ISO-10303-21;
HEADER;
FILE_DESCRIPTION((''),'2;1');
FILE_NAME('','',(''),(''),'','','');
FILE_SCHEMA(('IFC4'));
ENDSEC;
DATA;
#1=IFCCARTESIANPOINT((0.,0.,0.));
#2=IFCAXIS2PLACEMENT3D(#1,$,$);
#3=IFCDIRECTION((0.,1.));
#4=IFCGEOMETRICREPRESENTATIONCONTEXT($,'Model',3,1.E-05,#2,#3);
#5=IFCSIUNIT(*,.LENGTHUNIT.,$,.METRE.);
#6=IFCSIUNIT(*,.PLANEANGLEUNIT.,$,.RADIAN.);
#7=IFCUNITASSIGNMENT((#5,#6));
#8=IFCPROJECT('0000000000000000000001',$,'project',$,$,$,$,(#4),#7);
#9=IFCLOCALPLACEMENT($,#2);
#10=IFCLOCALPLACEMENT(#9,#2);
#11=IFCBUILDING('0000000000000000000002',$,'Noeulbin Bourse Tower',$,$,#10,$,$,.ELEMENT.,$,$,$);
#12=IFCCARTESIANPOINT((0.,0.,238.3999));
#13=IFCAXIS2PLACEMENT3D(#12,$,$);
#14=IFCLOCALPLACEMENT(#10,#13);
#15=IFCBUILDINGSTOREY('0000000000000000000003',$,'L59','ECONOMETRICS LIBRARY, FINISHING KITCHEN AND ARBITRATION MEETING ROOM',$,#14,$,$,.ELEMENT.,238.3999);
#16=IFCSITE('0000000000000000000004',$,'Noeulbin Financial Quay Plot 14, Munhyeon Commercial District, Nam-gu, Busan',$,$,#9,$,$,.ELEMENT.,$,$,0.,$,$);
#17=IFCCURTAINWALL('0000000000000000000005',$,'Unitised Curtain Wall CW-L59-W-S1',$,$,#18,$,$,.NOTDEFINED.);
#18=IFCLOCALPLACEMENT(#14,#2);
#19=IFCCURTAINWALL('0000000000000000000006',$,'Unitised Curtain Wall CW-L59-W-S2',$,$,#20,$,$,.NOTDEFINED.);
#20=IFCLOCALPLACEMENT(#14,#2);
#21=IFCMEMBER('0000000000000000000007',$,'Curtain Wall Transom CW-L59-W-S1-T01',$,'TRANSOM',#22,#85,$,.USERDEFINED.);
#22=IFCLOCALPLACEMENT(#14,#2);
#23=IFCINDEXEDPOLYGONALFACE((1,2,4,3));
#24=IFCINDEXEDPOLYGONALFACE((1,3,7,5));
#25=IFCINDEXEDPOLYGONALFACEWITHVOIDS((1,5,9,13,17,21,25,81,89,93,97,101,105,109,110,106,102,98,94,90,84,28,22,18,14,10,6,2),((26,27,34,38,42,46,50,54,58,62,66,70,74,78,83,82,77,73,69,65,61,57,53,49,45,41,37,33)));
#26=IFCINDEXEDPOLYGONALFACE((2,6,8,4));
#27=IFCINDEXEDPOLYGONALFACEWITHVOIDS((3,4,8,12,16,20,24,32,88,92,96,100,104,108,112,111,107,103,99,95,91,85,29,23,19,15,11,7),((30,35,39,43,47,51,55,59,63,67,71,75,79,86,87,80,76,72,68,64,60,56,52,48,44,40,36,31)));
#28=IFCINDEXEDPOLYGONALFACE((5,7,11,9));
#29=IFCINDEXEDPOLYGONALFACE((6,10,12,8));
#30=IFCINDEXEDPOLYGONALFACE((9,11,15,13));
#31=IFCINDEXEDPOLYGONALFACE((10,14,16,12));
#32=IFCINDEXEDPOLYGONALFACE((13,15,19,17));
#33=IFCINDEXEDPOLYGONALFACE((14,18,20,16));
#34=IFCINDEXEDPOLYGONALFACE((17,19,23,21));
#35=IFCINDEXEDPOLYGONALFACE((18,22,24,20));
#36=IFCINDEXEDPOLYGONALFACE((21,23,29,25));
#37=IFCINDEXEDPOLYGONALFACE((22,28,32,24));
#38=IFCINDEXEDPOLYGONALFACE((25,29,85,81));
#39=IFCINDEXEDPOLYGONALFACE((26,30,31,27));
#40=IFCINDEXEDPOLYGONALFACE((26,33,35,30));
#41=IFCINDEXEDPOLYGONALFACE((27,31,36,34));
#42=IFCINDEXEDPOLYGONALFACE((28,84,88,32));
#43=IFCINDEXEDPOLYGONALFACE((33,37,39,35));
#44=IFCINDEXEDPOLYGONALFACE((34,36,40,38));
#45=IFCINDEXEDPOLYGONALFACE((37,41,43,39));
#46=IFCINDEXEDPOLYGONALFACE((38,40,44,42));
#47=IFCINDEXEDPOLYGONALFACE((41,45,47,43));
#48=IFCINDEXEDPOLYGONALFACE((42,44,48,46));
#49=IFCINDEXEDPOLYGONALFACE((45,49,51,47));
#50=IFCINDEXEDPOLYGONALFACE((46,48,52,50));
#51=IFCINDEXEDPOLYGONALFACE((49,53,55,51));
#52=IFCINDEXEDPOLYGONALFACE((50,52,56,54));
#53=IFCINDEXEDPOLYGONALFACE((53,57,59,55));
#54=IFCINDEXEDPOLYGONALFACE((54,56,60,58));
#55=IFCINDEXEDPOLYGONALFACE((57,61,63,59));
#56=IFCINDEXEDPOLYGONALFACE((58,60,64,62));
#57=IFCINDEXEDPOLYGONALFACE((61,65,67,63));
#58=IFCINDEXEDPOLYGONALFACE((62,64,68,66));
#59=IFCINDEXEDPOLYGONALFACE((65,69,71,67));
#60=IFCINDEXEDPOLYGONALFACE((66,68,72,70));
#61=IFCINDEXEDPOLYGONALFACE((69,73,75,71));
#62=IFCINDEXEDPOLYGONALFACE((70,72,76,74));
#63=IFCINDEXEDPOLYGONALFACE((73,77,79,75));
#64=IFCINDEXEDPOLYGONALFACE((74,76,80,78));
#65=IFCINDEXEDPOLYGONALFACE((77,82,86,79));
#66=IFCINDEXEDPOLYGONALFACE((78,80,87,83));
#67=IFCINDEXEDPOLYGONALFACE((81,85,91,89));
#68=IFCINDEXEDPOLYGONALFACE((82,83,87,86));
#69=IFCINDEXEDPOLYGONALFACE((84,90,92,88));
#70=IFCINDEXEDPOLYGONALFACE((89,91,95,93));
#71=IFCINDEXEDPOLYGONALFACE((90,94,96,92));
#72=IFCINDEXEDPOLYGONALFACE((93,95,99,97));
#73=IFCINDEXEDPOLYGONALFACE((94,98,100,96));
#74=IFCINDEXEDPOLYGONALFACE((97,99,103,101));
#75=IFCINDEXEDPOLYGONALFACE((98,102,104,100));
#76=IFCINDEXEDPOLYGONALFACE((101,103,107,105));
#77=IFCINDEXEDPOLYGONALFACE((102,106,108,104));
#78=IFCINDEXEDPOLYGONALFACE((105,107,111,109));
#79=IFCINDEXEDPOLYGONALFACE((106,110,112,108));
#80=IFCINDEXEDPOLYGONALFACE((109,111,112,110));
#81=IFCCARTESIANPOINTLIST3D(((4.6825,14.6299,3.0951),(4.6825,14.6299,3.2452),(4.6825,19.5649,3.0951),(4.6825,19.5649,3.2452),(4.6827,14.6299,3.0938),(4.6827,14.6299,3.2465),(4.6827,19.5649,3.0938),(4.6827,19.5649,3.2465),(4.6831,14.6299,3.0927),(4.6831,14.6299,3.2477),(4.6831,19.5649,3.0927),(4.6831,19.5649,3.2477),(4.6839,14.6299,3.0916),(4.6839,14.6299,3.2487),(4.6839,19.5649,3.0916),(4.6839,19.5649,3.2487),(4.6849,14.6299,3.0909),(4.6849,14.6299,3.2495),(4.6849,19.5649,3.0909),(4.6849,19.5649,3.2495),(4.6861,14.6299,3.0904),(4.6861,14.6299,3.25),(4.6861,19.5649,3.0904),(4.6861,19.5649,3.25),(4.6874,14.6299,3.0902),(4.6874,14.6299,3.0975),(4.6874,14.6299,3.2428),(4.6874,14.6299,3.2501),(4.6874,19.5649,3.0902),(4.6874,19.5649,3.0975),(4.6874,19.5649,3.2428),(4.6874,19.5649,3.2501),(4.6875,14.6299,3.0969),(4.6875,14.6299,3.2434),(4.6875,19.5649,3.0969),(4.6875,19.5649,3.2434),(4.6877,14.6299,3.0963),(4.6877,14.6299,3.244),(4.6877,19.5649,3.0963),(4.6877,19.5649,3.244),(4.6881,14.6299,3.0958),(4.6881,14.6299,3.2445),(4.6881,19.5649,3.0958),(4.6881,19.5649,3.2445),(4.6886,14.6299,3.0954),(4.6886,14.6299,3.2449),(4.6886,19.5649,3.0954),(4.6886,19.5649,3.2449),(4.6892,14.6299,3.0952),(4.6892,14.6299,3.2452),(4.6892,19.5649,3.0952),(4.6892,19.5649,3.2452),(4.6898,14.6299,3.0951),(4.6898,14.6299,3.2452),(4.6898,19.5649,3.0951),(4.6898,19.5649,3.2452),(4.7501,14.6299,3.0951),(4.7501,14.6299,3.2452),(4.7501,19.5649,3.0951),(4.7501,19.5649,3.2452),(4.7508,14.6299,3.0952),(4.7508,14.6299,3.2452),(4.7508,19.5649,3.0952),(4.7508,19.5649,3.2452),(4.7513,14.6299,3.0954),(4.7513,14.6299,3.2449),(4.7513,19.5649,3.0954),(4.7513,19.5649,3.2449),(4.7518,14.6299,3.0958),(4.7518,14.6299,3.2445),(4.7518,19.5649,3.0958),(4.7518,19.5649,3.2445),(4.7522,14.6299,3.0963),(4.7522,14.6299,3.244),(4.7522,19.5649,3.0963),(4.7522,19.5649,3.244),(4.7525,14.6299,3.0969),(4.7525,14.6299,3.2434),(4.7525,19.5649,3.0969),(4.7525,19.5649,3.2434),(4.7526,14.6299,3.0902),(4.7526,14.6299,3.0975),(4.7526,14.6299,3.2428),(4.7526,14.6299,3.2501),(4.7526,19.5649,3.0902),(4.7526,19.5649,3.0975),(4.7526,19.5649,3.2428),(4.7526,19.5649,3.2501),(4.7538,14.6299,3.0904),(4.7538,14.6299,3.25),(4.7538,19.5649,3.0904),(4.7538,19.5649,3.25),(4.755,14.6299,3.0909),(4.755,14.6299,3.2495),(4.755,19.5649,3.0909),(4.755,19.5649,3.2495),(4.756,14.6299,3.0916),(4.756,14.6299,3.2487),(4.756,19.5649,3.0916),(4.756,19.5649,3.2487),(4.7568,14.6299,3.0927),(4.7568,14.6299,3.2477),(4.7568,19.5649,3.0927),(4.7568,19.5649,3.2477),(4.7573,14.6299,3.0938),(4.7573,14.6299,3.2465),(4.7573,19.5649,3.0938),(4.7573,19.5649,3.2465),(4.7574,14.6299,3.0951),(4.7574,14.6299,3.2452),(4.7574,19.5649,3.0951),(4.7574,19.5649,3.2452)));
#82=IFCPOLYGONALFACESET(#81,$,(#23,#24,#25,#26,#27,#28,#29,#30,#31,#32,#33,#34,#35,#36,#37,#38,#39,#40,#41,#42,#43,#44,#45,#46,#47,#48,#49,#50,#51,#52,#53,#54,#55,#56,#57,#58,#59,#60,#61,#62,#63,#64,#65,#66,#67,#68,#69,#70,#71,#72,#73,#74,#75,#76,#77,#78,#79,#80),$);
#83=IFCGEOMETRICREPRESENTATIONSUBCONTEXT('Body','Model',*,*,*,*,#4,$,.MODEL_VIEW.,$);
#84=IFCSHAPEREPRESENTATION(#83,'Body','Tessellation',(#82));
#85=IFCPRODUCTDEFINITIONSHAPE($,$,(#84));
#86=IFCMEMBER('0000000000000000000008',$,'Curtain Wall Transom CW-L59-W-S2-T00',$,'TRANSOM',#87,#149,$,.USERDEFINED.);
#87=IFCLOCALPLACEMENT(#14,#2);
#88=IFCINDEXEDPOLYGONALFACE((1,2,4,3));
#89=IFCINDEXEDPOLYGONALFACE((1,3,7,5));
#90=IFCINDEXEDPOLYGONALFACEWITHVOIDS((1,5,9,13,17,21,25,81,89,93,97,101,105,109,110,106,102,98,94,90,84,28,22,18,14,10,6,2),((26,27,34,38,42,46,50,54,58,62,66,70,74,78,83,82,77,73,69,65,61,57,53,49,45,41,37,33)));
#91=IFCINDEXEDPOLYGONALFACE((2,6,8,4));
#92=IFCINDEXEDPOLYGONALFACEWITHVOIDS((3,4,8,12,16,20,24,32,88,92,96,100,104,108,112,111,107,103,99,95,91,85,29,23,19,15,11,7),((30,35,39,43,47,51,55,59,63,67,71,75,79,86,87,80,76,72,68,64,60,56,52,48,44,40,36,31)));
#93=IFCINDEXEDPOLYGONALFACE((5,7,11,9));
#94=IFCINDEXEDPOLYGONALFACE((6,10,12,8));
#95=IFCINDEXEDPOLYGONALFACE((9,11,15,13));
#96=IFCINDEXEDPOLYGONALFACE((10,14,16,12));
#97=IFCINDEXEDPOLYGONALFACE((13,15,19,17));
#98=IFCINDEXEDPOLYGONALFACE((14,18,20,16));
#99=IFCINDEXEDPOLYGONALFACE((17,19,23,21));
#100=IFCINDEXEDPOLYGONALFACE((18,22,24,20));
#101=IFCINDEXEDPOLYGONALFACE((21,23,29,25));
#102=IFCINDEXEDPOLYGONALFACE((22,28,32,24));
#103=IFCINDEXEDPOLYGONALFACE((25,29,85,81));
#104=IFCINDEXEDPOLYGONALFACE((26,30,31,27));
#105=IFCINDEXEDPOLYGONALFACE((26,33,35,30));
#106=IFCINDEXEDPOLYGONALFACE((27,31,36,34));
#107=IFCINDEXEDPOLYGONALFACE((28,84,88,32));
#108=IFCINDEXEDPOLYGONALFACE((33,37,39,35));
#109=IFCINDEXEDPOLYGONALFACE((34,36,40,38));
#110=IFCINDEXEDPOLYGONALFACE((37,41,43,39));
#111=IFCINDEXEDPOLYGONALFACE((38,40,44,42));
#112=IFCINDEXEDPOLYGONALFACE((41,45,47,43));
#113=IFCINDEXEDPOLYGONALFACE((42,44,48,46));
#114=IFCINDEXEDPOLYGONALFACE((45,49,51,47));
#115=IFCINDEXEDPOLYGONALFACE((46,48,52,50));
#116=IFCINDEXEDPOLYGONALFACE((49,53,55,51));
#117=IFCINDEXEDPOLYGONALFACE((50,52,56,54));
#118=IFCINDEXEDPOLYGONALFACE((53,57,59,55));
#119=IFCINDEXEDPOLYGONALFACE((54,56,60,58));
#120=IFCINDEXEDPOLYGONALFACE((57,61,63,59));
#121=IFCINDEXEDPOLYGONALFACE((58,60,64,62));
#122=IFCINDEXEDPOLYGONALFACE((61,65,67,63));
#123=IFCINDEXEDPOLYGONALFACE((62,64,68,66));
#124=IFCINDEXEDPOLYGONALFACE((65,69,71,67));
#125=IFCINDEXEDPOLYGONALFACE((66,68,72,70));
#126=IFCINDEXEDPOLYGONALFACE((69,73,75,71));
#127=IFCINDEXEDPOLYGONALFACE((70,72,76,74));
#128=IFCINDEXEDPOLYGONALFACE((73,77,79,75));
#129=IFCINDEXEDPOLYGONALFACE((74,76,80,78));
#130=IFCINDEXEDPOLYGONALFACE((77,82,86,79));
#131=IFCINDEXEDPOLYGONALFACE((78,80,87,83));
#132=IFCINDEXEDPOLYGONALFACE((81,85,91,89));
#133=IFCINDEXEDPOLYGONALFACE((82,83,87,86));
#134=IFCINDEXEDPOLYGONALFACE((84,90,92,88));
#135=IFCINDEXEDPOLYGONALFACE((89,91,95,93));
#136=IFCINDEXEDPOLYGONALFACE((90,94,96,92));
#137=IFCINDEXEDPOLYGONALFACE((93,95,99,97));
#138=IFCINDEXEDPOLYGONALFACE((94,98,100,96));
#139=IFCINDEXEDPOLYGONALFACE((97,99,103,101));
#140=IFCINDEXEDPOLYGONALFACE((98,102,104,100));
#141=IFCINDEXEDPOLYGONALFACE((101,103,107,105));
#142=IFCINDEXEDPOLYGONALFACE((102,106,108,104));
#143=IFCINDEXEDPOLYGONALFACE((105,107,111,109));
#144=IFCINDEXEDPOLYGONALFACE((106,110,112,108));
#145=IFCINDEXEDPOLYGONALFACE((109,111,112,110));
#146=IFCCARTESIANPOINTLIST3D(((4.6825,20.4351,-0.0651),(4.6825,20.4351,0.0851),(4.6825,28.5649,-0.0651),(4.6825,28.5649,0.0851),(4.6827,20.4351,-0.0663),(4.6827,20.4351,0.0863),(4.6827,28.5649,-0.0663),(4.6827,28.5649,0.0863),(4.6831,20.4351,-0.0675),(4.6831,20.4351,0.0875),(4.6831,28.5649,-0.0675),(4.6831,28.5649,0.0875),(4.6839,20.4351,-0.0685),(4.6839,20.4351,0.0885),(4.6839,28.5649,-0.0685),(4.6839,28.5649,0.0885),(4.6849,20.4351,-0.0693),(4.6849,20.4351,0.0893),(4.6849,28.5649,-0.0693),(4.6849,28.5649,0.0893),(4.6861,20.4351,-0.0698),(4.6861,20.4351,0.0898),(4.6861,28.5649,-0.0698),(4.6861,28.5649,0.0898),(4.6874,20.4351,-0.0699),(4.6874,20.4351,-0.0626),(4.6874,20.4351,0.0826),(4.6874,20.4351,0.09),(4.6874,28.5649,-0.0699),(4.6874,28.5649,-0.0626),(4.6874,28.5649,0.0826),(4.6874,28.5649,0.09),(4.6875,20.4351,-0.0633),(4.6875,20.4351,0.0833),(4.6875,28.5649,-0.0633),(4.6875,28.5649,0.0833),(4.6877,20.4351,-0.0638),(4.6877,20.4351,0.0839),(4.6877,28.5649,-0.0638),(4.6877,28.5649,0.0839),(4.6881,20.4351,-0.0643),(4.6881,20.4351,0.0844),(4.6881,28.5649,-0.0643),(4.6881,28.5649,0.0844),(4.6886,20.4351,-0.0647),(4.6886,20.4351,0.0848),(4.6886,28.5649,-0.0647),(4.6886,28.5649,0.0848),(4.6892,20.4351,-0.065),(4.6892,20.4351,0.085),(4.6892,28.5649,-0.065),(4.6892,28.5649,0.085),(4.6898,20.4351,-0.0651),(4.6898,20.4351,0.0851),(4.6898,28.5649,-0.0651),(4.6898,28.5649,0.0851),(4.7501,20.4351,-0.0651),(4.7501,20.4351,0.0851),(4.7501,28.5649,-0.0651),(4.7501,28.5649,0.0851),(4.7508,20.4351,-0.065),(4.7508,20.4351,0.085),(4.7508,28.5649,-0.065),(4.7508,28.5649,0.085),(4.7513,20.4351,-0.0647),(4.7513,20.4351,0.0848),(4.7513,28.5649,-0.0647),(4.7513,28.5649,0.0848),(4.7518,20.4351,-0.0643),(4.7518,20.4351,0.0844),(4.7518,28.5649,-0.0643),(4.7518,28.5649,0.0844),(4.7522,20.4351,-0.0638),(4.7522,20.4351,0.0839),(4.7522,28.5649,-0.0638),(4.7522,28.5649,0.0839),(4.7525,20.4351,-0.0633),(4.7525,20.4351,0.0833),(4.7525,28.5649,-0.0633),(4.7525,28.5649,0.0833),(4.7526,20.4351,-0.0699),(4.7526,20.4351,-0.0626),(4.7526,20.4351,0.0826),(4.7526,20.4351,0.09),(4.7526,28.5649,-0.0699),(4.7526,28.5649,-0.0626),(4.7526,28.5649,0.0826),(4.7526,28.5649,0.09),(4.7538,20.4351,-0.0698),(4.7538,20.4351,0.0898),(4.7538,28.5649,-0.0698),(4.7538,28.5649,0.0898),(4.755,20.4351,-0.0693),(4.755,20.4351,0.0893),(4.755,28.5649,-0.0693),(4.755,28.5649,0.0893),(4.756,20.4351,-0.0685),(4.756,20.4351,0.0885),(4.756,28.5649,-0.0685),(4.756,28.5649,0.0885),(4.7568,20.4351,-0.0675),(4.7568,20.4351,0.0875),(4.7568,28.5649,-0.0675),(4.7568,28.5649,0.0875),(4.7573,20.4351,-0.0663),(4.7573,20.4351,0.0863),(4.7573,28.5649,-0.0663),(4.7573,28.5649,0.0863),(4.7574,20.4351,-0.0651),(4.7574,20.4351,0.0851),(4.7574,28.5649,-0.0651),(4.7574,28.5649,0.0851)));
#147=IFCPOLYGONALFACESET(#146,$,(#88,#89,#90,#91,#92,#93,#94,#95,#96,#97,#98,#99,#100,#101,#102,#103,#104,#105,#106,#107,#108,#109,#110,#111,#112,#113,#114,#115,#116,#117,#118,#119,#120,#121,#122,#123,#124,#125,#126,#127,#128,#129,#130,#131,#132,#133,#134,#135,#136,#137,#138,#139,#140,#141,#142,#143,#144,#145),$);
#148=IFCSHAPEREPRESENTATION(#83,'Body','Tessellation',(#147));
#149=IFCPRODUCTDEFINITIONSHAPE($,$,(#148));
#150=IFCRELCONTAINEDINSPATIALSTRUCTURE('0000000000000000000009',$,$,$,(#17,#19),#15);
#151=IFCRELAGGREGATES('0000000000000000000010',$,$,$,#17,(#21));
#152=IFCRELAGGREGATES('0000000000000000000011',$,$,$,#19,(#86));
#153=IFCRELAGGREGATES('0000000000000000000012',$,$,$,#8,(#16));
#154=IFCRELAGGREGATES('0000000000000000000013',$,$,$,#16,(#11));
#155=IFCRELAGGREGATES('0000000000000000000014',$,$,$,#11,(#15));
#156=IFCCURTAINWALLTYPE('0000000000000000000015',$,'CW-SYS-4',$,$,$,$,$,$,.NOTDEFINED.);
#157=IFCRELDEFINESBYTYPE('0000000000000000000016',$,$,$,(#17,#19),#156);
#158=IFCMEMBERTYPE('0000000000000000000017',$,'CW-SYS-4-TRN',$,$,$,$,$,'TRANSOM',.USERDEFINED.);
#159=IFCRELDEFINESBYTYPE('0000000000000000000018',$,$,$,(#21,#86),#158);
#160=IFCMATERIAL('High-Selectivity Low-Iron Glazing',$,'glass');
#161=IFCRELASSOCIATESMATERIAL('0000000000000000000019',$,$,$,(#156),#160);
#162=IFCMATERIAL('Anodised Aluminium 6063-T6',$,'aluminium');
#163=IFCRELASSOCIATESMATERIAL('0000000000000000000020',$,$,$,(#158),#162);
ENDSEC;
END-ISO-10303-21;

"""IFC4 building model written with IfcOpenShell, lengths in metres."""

from ifc_helpers import new_model, si_unit, direction, frame, origin, origin_2d, place, context, subcontext, project, spatial, hollow_rectangle, extrude, material, material_profile, profile_set, type_object, element, aggregate, save


model = new_model("IFC4")

# Units and contexts
model_context = context("Model", 3, precision=1e-05, world=origin(), true_north=direction((0.0, 1.0)))
body_context = subcontext(model_context, "Body", "Model", "MODEL_VIEW")
ifc_project = project(units=[si_unit("LENGTHUNIT", "METRE"), si_unit("PLANEANGLEUNIT", "RADIAN")], contexts=[model_context])

# Site, building, storey
site_placement = place(None, origin())
site = spatial("IfcSite", under=ifc_project, at=site_placement, Name="Noeulbin Financial Quay Plot 14, Munhyeon Commercial District, Nam-gu, Busan", CompositionType="ELEMENT", RefElevation=0.0)
building_placement = place(site_placement, origin())
building = spatial("IfcBuilding", under=site, at=building_placement, Name="Noeulbin Bourse Tower", CompositionType="ELEMENT")
storey_placement = place(building_placement, frame((0.0, 0.0, 238.3999)))
storey = spatial("IfcBuildingStorey", under=building, at=storey_placement, Name="L59", Description="ECONOMETRICS LIBRARY, FINISHING KITCHEN AND ARBITRATION MEETING ROOM", CompositionType="ELEMENT", Elevation=238.3999)

# Curtain wall
ifc_material_1 = material(Name="High-Selectivity Low-Iron Glazing", Category="glass")
curtain_wall_type = type_object("IfcCurtainWallType", Name="CW-SYS-4", PredefinedType="NOTDEFINED", material=ifc_material_1)
ifc_material_2 = material(Name="Anodised Aluminium 6063-T6", Category="aluminium")
curtain_wall_1_placement = place(storey_placement, origin())
curtain_wall_1 = element("IfcCurtainWall", 1, at=curtain_wall_1_placement, inside=storey, type_object=curtain_wall_type, Name="Unitised Curtain Wall CW-L59-W-S1", PredefinedType="NOTDEFINED")

# Curtain wall
curtain_wall_2_placement = place(storey_placement, origin())
curtain_wall_2 = element("IfcCurtainWall", 2, at=curtain_wall_2_placement, inside=storey, type_object=curtain_wall_type, Name="Unitised Curtain Wall CW-L59-W-S2", PredefinedType="NOTDEFINED")

# Members
ifc_material_profile_1 = material_profile(ifc_material_2, hollow_rectangle(XDim=0.075, YDim=0.1599, WallThickness=0.0049, InnerFilletRadius=0.0024, OuterFilletRadius=0.0049, at=origin_2d()), Name="ALU-TRAN-75x160x5", Category="LoadBearing")
ifc_profile_set_1 = profile_set([ifc_material_profile_1], Name="Anodised Aluminium 6063-T6")
member_type_1 = type_object("IfcMemberType", Name="CW-SYS-4-TRN", ElementType="TRANSOM", PredefinedType="USERDEFINED", material=ifc_profile_set_1)
member_1_placement = place(storey_placement, frame((4.72, 14.6299, 3.1702), z_axis=(0.0, 1.0, 0.0), x_axis=(-1.0, 0.0, 0.0)))
member_1 = element("IfcMember", 3, at=member_1_placement, type_object=member_type_1, Name="Curtain Wall Transom CW-L59-W-S1-T01", ObjectType="TRANSOM", PredefinedType="USERDEFINED", context=body_context, shape_type="SweptSolid", body=[
    extrude(hollow_rectangle(XDim=0.075, YDim=0.1599, WallThickness=0.0049, InnerFilletRadius=0.0024, OuterFilletRadius=0.0049, at=origin_2d()), origin(), (0.0, 0.0, 1.0), 4.9351),
])
member_2_placement = place(storey_placement, frame((4.72, 20.4351, 0.01), z_axis=(0.0, 1.0, 0.0), x_axis=(-1.0, 0.0, 0.0)))
member_2 = element("IfcMember", 4, at=member_2_placement, type_object=member_type_1, Name="Curtain Wall Transom CW-L59-W-S2-T00", ObjectType="TRANSOM", PredefinedType="USERDEFINED", context=body_context, shape_type="SweptSolid", body=[
    extrude(hollow_rectangle(XDim=0.075, YDim=0.1599, WallThickness=0.0049, InnerFilletRadius=0.0024, OuterFilletRadius=0.0049, at=origin_2d()), origin(), (0.0, 0.0, 1.0), 8.1299),
])

aggregate(curtain_wall_1, [member_1])
aggregate(curtain_wall_2, [member_2])

save(model, "model.ifc")
